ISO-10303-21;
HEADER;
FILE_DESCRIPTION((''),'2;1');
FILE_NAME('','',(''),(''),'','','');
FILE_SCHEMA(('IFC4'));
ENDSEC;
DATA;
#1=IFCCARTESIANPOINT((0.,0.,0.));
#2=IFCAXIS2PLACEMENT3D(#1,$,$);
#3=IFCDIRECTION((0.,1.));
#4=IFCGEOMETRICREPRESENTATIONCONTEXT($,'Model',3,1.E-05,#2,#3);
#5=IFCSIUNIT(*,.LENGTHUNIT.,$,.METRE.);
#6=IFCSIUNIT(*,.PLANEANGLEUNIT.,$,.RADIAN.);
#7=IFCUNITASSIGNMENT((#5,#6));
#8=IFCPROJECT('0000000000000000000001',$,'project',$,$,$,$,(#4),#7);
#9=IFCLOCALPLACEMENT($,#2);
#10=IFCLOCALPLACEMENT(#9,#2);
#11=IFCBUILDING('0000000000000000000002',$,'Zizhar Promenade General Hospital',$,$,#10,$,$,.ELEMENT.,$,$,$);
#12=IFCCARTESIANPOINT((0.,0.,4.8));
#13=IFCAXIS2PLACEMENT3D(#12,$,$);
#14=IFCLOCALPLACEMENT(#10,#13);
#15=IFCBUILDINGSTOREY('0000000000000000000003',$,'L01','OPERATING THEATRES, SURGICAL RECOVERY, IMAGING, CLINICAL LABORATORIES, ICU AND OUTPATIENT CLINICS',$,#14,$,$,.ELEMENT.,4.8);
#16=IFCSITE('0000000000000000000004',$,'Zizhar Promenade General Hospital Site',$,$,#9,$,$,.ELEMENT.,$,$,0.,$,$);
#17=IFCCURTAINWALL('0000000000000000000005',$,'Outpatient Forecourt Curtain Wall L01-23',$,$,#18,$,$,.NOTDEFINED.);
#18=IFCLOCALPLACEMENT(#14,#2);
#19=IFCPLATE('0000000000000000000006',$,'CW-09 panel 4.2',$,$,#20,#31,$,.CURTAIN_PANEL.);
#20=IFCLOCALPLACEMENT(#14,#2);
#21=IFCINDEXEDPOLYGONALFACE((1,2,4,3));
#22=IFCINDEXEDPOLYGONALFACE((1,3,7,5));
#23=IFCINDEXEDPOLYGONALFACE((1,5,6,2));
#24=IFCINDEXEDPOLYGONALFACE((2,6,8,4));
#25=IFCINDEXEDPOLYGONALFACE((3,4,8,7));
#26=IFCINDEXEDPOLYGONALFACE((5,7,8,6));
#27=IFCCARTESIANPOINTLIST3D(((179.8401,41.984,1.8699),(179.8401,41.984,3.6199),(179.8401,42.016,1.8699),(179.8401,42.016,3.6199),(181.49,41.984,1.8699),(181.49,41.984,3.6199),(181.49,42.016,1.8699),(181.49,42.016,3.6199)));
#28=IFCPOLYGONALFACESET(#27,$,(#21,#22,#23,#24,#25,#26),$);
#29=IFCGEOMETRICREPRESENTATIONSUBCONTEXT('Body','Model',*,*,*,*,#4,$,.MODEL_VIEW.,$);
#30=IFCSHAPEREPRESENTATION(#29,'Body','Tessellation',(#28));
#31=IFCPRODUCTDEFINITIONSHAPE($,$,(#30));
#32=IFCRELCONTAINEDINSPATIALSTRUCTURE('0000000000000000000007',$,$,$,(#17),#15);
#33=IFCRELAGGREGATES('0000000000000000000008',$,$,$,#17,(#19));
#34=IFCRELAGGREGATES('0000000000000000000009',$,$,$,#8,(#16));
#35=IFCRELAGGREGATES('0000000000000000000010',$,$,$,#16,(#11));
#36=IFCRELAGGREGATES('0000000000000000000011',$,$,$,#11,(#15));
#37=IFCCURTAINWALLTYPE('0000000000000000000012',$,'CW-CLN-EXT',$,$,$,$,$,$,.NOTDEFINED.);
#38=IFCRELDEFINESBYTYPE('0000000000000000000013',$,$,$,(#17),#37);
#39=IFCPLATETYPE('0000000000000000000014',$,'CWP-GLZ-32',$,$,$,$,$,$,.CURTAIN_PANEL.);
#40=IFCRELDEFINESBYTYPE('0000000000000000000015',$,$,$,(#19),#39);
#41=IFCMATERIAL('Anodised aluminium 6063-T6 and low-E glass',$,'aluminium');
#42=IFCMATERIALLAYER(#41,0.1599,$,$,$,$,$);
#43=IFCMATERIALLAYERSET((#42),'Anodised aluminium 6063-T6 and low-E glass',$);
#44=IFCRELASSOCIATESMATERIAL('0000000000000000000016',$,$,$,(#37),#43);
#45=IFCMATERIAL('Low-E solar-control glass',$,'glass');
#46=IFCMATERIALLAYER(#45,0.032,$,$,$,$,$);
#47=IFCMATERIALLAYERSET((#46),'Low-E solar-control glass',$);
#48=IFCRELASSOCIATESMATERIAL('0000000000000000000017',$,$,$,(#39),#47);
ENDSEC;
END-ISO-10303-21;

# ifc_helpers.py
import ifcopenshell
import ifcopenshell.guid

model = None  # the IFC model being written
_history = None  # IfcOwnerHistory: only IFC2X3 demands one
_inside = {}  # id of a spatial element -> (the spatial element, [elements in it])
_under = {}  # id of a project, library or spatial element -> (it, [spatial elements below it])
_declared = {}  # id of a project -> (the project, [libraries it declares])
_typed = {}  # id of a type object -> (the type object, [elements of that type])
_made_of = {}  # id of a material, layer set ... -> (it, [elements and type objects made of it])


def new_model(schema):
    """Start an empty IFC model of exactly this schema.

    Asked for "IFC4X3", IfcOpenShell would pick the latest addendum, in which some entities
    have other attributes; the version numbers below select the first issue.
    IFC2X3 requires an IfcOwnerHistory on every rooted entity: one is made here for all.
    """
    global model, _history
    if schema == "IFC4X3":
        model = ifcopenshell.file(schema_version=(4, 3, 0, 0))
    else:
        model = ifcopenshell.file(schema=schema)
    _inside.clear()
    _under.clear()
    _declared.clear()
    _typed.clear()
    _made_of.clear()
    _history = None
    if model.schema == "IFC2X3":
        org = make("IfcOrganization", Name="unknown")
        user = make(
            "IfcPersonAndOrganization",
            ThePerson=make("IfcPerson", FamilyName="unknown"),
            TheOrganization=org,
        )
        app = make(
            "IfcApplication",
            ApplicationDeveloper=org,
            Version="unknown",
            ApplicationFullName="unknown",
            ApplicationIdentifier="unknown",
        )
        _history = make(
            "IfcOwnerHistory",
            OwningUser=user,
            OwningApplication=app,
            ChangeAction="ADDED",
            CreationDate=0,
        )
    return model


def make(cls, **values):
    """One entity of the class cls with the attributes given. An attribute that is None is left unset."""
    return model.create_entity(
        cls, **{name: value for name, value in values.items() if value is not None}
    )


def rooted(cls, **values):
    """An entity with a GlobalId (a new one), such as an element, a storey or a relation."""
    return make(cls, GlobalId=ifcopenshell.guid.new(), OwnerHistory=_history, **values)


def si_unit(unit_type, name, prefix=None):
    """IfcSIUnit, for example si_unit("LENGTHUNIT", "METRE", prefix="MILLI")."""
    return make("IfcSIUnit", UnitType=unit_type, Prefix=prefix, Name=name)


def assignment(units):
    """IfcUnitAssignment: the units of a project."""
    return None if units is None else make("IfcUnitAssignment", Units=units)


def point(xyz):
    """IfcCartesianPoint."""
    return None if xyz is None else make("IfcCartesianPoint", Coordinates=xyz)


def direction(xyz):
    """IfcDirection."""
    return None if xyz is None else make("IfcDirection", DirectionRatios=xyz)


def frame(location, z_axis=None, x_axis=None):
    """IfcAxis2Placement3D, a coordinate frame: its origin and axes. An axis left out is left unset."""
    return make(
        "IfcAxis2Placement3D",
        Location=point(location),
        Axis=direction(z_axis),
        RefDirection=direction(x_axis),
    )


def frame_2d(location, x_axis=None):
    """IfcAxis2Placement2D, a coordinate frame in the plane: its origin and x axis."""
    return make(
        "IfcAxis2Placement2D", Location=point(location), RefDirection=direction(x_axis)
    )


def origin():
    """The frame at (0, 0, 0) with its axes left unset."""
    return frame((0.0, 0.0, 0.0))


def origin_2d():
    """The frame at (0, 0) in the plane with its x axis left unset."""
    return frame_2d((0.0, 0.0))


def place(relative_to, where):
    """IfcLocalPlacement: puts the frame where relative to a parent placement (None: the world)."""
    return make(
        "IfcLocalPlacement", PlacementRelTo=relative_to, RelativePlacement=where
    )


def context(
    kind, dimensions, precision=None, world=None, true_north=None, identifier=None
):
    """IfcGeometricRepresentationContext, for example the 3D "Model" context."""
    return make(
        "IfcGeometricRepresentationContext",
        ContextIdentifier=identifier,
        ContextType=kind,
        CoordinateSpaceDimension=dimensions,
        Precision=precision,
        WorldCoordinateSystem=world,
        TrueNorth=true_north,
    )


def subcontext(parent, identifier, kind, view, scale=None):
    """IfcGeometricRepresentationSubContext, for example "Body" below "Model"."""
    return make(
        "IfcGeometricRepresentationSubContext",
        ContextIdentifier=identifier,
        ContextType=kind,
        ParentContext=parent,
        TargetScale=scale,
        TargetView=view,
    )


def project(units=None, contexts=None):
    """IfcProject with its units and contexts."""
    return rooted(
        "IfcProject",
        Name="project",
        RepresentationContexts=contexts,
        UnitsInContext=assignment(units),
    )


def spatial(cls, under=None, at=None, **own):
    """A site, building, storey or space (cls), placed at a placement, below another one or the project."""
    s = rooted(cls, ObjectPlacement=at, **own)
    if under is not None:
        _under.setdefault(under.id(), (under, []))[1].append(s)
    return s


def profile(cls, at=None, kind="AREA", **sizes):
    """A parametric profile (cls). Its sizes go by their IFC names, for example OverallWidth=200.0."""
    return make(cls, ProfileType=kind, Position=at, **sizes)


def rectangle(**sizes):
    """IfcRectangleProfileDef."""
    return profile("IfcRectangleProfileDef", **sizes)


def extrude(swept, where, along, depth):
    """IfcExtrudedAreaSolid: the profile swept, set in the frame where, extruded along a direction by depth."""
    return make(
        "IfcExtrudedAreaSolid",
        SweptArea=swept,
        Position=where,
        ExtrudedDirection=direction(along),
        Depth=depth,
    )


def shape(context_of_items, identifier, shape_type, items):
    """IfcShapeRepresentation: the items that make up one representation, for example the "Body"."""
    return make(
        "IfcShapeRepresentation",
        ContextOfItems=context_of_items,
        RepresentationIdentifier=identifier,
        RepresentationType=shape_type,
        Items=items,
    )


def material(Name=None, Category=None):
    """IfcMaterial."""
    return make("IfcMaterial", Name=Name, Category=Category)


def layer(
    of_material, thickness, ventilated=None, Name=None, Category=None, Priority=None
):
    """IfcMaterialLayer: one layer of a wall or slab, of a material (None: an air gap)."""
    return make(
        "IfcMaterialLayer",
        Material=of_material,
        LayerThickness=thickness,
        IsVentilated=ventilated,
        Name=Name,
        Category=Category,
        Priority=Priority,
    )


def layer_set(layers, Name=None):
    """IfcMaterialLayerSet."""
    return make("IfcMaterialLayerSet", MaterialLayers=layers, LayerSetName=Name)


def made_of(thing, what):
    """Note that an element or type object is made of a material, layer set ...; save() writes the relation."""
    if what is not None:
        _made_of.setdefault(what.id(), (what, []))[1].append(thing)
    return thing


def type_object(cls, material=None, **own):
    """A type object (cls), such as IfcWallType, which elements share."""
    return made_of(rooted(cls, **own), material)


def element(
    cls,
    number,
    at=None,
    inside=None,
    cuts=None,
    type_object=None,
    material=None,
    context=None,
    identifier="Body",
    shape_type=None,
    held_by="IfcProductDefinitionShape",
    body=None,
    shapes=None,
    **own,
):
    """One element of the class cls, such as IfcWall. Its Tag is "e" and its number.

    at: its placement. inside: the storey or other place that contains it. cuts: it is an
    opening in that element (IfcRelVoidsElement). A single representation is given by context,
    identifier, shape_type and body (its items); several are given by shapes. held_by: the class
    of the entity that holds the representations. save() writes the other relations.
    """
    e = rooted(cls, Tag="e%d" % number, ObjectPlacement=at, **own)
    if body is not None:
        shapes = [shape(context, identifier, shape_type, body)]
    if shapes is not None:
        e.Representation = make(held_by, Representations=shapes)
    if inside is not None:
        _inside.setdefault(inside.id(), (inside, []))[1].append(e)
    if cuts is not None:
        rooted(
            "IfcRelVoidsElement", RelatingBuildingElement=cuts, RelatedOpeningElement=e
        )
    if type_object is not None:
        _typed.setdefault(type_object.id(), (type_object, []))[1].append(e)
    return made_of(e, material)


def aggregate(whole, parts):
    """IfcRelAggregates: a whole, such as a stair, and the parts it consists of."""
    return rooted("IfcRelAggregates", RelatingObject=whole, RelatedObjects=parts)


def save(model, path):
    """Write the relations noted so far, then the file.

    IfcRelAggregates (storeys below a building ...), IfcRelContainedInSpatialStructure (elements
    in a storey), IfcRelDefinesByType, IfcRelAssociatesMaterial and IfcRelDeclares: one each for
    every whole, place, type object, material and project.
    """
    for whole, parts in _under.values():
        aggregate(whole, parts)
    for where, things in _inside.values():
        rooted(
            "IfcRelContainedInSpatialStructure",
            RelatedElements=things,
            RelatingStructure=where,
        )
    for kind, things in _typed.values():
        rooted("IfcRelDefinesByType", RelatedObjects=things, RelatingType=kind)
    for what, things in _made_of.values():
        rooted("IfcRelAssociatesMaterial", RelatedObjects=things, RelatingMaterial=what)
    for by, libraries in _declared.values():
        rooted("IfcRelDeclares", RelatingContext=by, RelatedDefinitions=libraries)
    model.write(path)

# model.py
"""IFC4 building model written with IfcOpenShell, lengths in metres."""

from ifc_helpers import new_model, si_unit, direction, frame, origin, origin_2d, place, context, subcontext, project, spatial, rectangle, extrude, material, layer, layer_set, type_object, element, aggregate, save


model = new_model("IFC4")

# Units and contexts
model_context = context("Model", 3, precision=1e-05, world=origin(), true_north=direction((0.0, 1.0)))
body_context = subcontext(model_context, "Body", "Model", "MODEL_VIEW")
ifc_project = project(units=[si_unit("LENGTHUNIT", "METRE"), si_unit("PLANEANGLEUNIT", "RADIAN")], contexts=[model_context])

# Site, building, storey
site_placement = place(None, origin())
site = spatial("IfcSite", under=ifc_project, at=site_placement, Name="Zizhar Promenade General Hospital Site", CompositionType="ELEMENT", RefElevation=0.0)
building_placement = place(site_placement, origin())
building = spatial("IfcBuilding", under=site, at=building_placement, Name="Zizhar Promenade General Hospital", CompositionType="ELEMENT")
storey_placement = place(building_placement, frame((0.0, 0.0, 4.8)))
storey = spatial("IfcBuildingStorey", under=building, at=storey_placement, Name="L01", Description="OPERATING THEATRES, SURGICAL RECOVERY, IMAGING, CLINICAL LABORATORIES, ICU AND OUTPATIENT CLINICS", CompositionType="ELEMENT", Elevation=4.8)

# Curtain wall, plate
ifc_material_1 = material(Name="Anodised aluminium 6063-T6 and low-E glass", Category="aluminium")
ifc_layer_1 = layer(ifc_material_1, 0.1599)
ifc_layer_set_1 = layer_set([ifc_layer_1], Name="Anodised aluminium 6063-T6 and low-E glass")
curtain_wall_type = type_object("IfcCurtainWallType", Name="CW-CLN-EXT", PredefinedType="NOTDEFINED", material=ifc_layer_set_1)
curtain_wall_placement = place(storey_placement, origin())
curtain_wall = element("IfcCurtainWall", 1, at=curtain_wall_placement, inside=storey, type_object=curtain_wall_type, Name="Outpatient Forecourt Curtain Wall L01-23", PredefinedType="NOTDEFINED")
ifc_material_2 = material(Name="Low-E solar-control glass", Category="glass")
ifc_layer_2 = layer(ifc_material_2, 0.032)
ifc_layer_set_2 = layer_set([ifc_layer_2], Name="Low-E solar-control glass")
plate_type = type_object("IfcPlateType", Name="CWP-GLZ-32", PredefinedType="CURTAIN_PANEL", material=ifc_layer_set_2)
plate_1_placement = place(storey_placement, frame((180.665, 42.0, 1.8699), z_axis=(0.0, 0.0, 1.0), x_axis=(-1.0, 0.0, 0.0)))
plate_1 = element("IfcPlate", 2, at=plate_1_placement, type_object=plate_type, Name="CW-09 panel 4.2", PredefinedType="CURTAIN_PANEL", context=body_context, shape_type="SweptSolid", body=[
    extrude(rectangle(XDim=1.6499, YDim=0.032, at=origin_2d()), origin(), (0.0, 0.0, 1.0), 1.75),
])
aggregate(curtain_wall, [plate_1])

save(model, "model.ifc")
